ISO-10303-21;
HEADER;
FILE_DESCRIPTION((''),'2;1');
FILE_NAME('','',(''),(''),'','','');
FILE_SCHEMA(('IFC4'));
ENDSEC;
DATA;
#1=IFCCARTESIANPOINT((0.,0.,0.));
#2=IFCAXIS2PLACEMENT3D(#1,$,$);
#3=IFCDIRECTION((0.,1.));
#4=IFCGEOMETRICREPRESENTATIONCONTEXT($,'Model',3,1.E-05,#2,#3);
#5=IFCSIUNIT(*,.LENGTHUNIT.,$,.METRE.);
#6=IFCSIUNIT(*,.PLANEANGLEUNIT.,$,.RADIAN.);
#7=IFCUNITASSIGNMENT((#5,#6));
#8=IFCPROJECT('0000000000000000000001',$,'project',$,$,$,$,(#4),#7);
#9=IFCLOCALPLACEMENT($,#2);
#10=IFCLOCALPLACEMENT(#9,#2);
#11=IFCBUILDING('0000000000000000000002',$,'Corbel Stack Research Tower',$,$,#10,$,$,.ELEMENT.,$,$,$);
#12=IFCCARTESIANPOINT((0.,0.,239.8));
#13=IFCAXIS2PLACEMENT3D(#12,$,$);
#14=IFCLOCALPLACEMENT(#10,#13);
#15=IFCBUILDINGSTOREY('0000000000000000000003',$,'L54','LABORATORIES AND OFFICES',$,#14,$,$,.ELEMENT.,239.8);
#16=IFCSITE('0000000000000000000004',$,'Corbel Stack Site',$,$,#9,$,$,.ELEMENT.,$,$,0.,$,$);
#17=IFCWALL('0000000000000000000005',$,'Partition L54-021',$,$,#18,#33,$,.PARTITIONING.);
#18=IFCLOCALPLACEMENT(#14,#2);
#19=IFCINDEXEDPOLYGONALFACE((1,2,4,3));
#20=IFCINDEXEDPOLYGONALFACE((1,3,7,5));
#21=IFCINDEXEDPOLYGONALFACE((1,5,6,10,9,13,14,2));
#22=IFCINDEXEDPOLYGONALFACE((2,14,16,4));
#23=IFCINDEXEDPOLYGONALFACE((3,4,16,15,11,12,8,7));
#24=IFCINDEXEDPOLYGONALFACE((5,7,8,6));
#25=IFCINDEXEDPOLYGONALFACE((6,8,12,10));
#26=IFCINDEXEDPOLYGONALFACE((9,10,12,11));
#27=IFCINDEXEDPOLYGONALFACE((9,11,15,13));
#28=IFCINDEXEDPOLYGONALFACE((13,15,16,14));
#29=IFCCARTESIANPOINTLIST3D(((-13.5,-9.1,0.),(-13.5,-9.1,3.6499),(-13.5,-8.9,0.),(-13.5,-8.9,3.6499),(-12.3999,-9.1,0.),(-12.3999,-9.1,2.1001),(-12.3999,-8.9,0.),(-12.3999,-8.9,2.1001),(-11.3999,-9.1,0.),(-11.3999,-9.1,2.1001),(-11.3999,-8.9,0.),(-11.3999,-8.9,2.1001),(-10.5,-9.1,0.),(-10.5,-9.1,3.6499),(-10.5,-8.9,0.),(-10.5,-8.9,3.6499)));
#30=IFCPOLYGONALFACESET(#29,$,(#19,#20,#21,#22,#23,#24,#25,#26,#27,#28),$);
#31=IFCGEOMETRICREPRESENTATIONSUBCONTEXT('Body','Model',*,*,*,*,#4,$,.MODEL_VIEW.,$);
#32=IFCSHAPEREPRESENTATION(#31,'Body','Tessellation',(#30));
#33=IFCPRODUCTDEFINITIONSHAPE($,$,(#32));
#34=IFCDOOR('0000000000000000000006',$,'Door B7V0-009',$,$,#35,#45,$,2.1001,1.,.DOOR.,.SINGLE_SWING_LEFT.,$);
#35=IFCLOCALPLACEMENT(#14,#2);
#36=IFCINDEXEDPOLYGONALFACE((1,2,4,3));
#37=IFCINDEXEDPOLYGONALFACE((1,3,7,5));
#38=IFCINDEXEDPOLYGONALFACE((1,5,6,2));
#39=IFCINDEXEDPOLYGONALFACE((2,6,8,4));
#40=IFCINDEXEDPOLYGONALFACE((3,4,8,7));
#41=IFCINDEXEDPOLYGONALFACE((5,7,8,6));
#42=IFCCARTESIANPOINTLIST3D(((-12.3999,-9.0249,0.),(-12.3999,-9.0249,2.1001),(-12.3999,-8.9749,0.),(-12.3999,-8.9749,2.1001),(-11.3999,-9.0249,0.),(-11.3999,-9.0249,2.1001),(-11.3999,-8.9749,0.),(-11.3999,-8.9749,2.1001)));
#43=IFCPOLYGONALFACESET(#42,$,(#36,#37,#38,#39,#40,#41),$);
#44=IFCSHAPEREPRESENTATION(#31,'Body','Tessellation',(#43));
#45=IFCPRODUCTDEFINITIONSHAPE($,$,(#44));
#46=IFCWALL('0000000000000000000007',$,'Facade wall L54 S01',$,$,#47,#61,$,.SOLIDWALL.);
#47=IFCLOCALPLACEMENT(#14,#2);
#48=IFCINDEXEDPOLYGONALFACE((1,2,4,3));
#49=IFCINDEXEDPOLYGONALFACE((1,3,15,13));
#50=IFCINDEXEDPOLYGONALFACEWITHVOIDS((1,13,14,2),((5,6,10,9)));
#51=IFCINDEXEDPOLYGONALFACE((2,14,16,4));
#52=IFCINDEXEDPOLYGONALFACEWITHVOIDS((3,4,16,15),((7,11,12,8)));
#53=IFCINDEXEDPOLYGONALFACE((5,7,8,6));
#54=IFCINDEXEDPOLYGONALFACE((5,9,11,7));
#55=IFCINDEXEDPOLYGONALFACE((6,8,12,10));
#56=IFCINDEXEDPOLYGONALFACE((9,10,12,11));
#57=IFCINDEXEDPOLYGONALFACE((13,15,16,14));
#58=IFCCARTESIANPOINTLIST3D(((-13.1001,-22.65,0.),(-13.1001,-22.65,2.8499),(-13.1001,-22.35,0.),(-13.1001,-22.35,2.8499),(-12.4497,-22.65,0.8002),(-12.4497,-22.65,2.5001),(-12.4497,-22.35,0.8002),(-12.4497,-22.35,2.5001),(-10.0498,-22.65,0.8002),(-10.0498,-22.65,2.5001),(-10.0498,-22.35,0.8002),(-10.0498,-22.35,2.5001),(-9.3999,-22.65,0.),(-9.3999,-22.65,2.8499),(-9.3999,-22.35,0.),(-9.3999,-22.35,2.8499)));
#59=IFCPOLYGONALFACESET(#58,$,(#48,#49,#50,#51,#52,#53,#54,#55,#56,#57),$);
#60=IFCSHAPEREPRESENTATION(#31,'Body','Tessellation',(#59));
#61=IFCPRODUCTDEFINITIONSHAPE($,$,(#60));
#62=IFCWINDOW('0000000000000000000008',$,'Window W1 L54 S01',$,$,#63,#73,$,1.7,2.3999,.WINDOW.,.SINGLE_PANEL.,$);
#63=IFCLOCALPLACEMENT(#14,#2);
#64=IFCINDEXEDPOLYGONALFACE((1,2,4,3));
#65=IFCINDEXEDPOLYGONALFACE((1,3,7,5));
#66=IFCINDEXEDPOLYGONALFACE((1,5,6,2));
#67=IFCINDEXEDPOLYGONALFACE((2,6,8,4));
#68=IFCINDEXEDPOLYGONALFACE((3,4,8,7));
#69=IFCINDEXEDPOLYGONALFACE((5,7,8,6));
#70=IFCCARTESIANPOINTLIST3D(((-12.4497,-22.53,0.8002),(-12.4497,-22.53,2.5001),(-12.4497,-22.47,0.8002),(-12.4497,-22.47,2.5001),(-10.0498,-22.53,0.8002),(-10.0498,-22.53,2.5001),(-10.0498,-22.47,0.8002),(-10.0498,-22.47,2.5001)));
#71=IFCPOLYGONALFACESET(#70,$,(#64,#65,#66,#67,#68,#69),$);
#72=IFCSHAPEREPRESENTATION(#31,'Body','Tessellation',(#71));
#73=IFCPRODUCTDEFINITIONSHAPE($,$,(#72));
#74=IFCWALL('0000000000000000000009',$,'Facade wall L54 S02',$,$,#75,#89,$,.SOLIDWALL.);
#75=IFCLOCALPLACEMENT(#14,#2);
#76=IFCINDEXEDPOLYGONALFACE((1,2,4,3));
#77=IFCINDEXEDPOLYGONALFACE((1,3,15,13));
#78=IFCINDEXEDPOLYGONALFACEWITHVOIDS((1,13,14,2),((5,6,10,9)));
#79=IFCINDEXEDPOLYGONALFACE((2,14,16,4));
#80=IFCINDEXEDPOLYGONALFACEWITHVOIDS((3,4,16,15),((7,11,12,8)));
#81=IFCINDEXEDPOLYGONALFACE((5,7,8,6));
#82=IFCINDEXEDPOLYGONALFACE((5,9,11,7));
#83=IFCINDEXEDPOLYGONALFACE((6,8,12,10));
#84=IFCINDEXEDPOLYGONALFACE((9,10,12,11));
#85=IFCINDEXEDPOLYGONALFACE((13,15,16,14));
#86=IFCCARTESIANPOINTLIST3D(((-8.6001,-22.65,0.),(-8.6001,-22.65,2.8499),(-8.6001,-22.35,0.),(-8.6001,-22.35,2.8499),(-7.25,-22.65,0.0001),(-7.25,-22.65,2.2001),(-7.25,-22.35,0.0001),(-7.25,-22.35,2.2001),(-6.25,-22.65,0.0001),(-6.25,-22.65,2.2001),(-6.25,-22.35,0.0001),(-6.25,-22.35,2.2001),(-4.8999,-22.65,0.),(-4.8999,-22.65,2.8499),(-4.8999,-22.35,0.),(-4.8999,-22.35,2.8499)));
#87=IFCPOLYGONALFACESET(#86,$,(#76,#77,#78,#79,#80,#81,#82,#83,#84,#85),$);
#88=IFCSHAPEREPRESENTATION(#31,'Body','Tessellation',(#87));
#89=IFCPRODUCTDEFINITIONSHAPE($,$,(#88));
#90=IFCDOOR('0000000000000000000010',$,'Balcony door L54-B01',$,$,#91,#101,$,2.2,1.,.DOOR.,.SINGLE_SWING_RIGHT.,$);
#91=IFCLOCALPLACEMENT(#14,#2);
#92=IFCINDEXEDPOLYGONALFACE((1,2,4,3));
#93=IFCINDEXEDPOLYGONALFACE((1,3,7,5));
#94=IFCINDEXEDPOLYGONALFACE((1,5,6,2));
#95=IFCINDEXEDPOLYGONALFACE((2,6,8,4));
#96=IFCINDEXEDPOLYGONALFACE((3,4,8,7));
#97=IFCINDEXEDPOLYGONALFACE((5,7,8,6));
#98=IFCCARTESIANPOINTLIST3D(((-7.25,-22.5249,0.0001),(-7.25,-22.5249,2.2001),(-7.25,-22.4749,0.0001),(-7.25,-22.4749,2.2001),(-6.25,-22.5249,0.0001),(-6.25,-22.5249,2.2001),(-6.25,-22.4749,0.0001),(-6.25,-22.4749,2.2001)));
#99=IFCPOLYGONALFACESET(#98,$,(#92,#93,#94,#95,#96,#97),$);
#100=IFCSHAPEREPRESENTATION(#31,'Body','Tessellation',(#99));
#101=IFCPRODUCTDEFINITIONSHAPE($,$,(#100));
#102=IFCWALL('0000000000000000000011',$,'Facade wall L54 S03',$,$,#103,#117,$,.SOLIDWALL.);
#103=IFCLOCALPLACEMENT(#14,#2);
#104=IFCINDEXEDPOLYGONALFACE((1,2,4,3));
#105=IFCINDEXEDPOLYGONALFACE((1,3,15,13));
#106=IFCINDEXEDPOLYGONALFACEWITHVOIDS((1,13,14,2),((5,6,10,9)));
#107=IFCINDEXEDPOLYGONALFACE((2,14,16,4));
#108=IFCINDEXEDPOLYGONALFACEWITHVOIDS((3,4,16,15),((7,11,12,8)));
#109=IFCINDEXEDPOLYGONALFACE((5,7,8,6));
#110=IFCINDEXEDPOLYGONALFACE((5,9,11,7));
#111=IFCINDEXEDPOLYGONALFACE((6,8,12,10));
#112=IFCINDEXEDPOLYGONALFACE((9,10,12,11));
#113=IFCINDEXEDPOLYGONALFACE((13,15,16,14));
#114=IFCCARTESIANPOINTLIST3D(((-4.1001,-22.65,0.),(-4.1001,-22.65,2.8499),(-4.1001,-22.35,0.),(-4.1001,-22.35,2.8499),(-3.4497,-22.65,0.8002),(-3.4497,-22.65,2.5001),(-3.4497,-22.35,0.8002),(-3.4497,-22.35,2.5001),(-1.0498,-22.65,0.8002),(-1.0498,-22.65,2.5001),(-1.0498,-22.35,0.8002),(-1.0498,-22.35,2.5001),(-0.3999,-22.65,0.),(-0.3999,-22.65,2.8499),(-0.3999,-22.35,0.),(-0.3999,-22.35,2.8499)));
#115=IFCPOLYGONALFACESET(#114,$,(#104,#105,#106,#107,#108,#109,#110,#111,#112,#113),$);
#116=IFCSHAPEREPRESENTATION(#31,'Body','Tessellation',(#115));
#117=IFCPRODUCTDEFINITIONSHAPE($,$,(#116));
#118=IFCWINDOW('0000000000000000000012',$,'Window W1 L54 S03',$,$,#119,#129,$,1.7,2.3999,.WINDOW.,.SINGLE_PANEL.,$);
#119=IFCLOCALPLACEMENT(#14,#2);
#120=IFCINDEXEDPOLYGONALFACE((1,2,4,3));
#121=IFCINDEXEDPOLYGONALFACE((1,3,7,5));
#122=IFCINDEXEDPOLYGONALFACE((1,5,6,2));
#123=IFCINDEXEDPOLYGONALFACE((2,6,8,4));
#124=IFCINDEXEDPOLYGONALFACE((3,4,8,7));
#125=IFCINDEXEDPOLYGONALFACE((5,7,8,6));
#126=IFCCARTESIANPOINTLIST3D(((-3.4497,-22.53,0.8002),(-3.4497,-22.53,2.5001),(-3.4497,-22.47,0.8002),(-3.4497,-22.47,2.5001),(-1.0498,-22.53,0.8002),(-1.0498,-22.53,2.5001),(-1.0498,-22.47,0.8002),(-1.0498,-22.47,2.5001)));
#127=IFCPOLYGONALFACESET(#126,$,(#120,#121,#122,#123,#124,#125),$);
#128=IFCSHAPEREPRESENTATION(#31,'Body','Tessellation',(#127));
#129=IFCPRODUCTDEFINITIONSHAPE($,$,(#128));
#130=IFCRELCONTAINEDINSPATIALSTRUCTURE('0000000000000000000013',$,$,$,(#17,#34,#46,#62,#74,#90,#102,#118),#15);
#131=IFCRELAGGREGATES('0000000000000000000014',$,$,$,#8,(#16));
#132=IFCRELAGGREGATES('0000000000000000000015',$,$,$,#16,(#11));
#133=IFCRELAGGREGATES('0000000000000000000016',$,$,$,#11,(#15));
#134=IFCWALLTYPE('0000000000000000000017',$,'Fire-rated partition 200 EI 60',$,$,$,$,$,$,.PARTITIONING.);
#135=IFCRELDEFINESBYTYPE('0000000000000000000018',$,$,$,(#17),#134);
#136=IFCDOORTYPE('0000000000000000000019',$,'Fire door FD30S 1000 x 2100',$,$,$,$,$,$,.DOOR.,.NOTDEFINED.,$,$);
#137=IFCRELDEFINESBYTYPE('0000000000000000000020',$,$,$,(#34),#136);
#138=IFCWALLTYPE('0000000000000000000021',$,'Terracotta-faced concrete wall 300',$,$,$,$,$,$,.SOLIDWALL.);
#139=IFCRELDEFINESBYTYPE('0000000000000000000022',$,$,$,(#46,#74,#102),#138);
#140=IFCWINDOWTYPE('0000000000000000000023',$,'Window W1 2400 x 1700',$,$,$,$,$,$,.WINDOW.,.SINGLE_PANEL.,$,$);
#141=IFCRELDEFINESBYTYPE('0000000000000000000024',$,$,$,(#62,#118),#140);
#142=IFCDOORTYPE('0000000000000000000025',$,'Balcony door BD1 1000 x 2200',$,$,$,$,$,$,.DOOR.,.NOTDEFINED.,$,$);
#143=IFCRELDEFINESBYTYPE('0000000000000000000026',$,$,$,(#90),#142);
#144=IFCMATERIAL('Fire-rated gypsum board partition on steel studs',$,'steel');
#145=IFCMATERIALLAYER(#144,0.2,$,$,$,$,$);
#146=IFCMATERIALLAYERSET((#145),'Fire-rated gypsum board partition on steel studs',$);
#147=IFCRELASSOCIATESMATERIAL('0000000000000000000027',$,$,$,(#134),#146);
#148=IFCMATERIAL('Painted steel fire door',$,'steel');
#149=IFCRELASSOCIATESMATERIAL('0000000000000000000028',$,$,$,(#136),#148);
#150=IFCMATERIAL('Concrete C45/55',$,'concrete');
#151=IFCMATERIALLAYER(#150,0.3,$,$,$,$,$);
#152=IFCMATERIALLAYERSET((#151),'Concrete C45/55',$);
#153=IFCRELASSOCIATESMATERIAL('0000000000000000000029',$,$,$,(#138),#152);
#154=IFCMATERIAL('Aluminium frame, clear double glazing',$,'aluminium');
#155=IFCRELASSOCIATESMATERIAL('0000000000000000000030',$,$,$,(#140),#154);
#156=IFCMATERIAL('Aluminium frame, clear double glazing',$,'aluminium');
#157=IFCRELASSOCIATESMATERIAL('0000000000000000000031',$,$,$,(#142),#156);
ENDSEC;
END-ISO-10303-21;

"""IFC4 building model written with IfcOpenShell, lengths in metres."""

from ifc_helpers import new_model, si_unit, direction, frame, frame_2d, origin, place, context, subcontext, project, spatial, rectangle, extrude, material, layer, layer_set, type_object, element, fill, save


model = new_model("IFC4")

# Units and contexts
model_context = context("Model", 3, precision=1e-05, world=origin(), true_north=direction((0.0, 1.0)))
body_context = subcontext(model_context, "Body", "Model", "MODEL_VIEW")
ifc_project = project(units=[si_unit("LENGTHUNIT", "METRE"), si_unit("PLANEANGLEUNIT", "RADIAN")], contexts=[model_context])

# Site, building, storey
site_placement = place(None, origin())
site = spatial("IfcSite", under=ifc_project, at=site_placement, Name="Corbel Stack Site", CompositionType="ELEMENT", RefElevation=0.0)
building_placement = place(site_placement, origin())
building = spatial("IfcBuilding", under=site, at=building_placement, Name="Corbel Stack Research Tower", CompositionType="ELEMENT")
storey_placement = place(building_placement, frame((0.0, 0.0, 239.8)))
storey = spatial("IfcBuildingStorey", under=building, at=storey_placement, Name="L54", Description="LABORATORIES AND OFFICES", CompositionType="ELEMENT", Elevation=239.8)

# Shared definitions
ifc_material_1 = material(Name="Fire-rated gypsum board partition on steel studs", Category="steel")
ifc_layer_1 = layer(ifc_material_1, 0.2)
ifc_layer_set_1 = layer_set([ifc_layer_1], Name="Fire-rated gypsum board partition on steel studs")
wall_type_1 = type_object("IfcWallType", Name="Fire-rated partition 200 EI 60", PredefinedType="PARTITIONING", material=ifc_layer_set_1)

# Wall, opening, door
wall_1_placement = place(storey_placement, frame((-10.5, -9.0, 0.0), z_axis=(0.0, 0.0, 1.0), x_axis=(-1.0, 0.0, 0.0)))
wall_1 = element("IfcWall", 1, at=wall_1_placement, inside=storey, type_object=wall_type_1, Name="Partition L54-021", PredefinedType="PARTITIONING", context=body_context, shape_type="SweptSolid", body=[
    extrude(rectangle(XDim=3.0, YDim=0.2, at=frame_2d((1.5, 0.0))), origin(), (0.0, 0.0, 1.0), 3.6499),
])
opening_1_placement = place(wall_1_placement, frame((0.8999, 0.0, 0.0)))
opening_1 = element("IfcOpeningElement", 2, at=opening_1_placement, cuts=wall_1, PredefinedType="OPENING", context=body_context, shape_type="SweptSolid", body=[
    extrude(rectangle(XDim=1.0, YDim=2.1001, at=frame_2d((0.5, 1.05))), frame((0.0, 0.1099, 0.0), z_axis=(0.0, -1.0, 0.0), x_axis=(1.0, 0.0, 0.0)), (0.0, 0.0, 1.0), 0.22),
])
ifc_material_2 = material(Name="Painted steel fire door", Category="steel")
door_type_1 = type_object("IfcDoorType", Name="Fire door FD30S 1000 x 2100", OperationType="NOTDEFINED", PredefinedType="DOOR", material=ifc_material_2)
door_1_placement = place(opening_1_placement, origin())
door_1 = element("IfcDoor", 3, at=door_1_placement, inside=storey, type_object=door_type_1, Name="Door B7V0-009", OperationType="SINGLE_SWING_LEFT", OverallHeight=2.1001, OverallWidth=1.0, PredefinedType="DOOR", context=body_context, shape_type="SweptSolid", body=[
    extrude(rectangle(XDim=1.0, YDim=2.1001, at=frame_2d((0.5, 1.05))), frame((0.0, 0.0249, 0.0), z_axis=(0.0, -1.0, 0.0), x_axis=(1.0, 0.0, 0.0)), (0.0, 0.0, 1.0), 0.05),
])
fill(opening_1, door_1)

# Wall, opening, window
ifc_material_3 = material(Name="Concrete C45/55", Category="concrete")
ifc_layer_2 = layer(ifc_material_3, 0.3)
ifc_layer_set_2 = layer_set([ifc_layer_2], Name="Concrete C45/55")
wall_type_2 = type_object("IfcWallType", Name="Terracotta-faced concrete wall 300", PredefinedType="SOLIDWALL", material=ifc_layer_set_2)
wall_2_placement = place(storey_placement, frame((-9.3999, -22.5, 0.0), z_axis=(0.0, 0.0, 1.0), x_axis=(-1.0, 0.0, 0.0)))
wall_2 = element("IfcWall", 4, at=wall_2_placement, inside=storey, type_object=wall_type_2, Name="Facade wall L54 S01", PredefinedType="SOLIDWALL", context=body_context, shape_type="SweptSolid", body=[
    extrude(rectangle(XDim=3.7002, YDim=0.3, at=frame_2d((1.8501, 0.0))), origin(), (0.0, 0.0, 1.0), 2.8499),
])
opening_2_placement = place(wall_2_placement, frame((0.6499, 0.0, 0.8)))
opening_2 = element("IfcOpeningElement", 5, at=opening_2_placement, cuts=wall_2, PredefinedType="OPENING", context=body_context, shape_type="SweptSolid", body=[
    extrude(rectangle(XDim=2.3999, YDim=1.7, at=frame_2d((1.2, 0.8501))), frame((0.0, 0.1599, 0.0), z_axis=(0.0, -1.0, 0.0), x_axis=(1.0, 0.0, 0.0)), (0.0, 0.0, 1.0), 0.3201),
])
ifc_material_4 = material(Name="Aluminium frame, clear double glazing", Category="aluminium")
window_type = type_object("IfcWindowType", Name="Window W1 2400 x 1700", PartitioningType="SINGLE_PANEL", PredefinedType="WINDOW", material=ifc_material_4)
window_1_placement = place(opening_2_placement, origin())
window_1 = element("IfcWindow", 6, at=window_1_placement, inside=storey, type_object=window_type, Name="Window W1 L54 S01", OverallHeight=1.7, OverallWidth=2.3999, PartitioningType="SINGLE_PANEL", PredefinedType="WINDOW", context=body_context, shape_type="SweptSolid", body=[
    extrude(rectangle(XDim=2.3999, YDim=1.7, at=frame_2d((1.2, 0.8501))), frame((0.0, 0.03, 0.0), z_axis=(0.0, -1.0, 0.0), x_axis=(1.0, 0.0, 0.0)), (0.0, 0.0, 1.0), 0.0601),
])
fill(opening_2, window_1)

# Wall, opening, door
wall_3_placement = place(storey_placement, frame((-4.8999, -22.5, 0.0), z_axis=(0.0, 0.0, 1.0), x_axis=(-1.0, 0.0, 0.0)))
wall_3 = element("IfcWall", 7, at=wall_3_placement, inside=storey, type_object=wall_type_2, Name="Facade wall L54 S02", PredefinedType="SOLIDWALL", context=body_context, shape_type="SweptSolid", body=[
    extrude(rectangle(XDim=3.7002, YDim=0.3, at=frame_2d((1.8501, 0.0))), origin(), (0.0, 0.0, 1.0), 2.8499),
])
opening_3_placement = place(wall_3_placement, frame((1.3501, 0.0, 0.0)))
opening_3 = element("IfcOpeningElement", 8, at=opening_3_placement, cuts=wall_3, PredefinedType="OPENING", context=body_context, shape_type="SweptSolid", body=[
    extrude(rectangle(XDim=1.0, YDim=2.2, at=frame_2d((0.5, 1.1001))), frame((0.0, 0.1599, 0.0), z_axis=(0.0, -1.0, 0.0), x_axis=(1.0, 0.0, 0.0)), (0.0, 0.0, 1.0), 0.3201),
])
ifc_material_5 = material(Name="Aluminium frame, clear double glazing", Category="aluminium")
door_type_2 = type_object("IfcDoorType", Name="Balcony door BD1 1000 x 2200", OperationType="NOTDEFINED", PredefinedType="DOOR", material=ifc_material_5)
door_2_placement = place(opening_3_placement, origin())
door_2 = element("IfcDoor", 9, at=door_2_placement, inside=storey, type_object=door_type_2, Name="Balcony door L54-B01", OperationType="SINGLE_SWING_RIGHT", OverallHeight=2.2, OverallWidth=1.0, PredefinedType="DOOR", context=body_context, shape_type="SweptSolid", body=[
    extrude(rectangle(XDim=1.0, YDim=2.2, at=frame_2d((0.5, 1.1001))), frame((0.0, 0.0249, 0.0), z_axis=(0.0, -1.0, 0.0), x_axis=(1.0, 0.0, 0.0)), (0.0, 0.0, 1.0), 0.05),
])
fill(opening_3, door_2)

# Wall, opening, window
wall_4_placement = place(storey_placement, frame((-0.3999, -22.5, 0.0), z_axis=(0.0, 0.0, 1.0), x_axis=(-1.0, 0.0, 0.0)))
wall_4 = element("IfcWall", 10, at=wall_4_placement, inside=storey, type_object=wall_type_2, Name="Facade wall L54 S03", PredefinedType="SOLIDWALL", context=body_context, shape_type="SweptSolid", body=[
    extrude(rectangle(XDim=3.7002, YDim=0.3, at=frame_2d((1.8501, 0.0))), origin(), (0.0, 0.0, 1.0), 2.8499),
])
opening_4_placement = place(wall_4_placement, frame((0.6499, 0.0, 0.8)))
opening_4 = element("IfcOpeningElement", 11, at=opening_4_placement, cuts=wall_4, PredefinedType="OPENING", context=body_context, shape_type="SweptSolid", body=[
    extrude(rectangle(XDim=2.3999, YDim=1.7, at=frame_2d((1.2, 0.8501))), frame((0.0, 0.1599, 0.0), z_axis=(0.0, -1.0, 0.0), x_axis=(1.0, 0.0, 0.0)), (0.0, 0.0, 1.0), 0.3201),
])
window_2_placement = place(opening_4_placement, origin())
window_2 = element("IfcWindow", 12, at=window_2_placement, inside=storey, type_object=window_type, Name="Window W1 L54 S03", OverallHeight=1.7, OverallWidth=2.3999, PartitioningType="SINGLE_PANEL", PredefinedType="WINDOW", context=body_context, shape_type="SweptSolid", body=[
    extrude(rectangle(XDim=2.3999, YDim=1.7, at=frame_2d((1.2, 0.8501))), frame((0.0, 0.03, 0.0), z_axis=(0.0, -1.0, 0.0), x_axis=(1.0, 0.0, 0.0)), (0.0, 0.0, 1.0), 0.0601),
])
fill(opening_4, window_2)

save(model, "model.ifc")
